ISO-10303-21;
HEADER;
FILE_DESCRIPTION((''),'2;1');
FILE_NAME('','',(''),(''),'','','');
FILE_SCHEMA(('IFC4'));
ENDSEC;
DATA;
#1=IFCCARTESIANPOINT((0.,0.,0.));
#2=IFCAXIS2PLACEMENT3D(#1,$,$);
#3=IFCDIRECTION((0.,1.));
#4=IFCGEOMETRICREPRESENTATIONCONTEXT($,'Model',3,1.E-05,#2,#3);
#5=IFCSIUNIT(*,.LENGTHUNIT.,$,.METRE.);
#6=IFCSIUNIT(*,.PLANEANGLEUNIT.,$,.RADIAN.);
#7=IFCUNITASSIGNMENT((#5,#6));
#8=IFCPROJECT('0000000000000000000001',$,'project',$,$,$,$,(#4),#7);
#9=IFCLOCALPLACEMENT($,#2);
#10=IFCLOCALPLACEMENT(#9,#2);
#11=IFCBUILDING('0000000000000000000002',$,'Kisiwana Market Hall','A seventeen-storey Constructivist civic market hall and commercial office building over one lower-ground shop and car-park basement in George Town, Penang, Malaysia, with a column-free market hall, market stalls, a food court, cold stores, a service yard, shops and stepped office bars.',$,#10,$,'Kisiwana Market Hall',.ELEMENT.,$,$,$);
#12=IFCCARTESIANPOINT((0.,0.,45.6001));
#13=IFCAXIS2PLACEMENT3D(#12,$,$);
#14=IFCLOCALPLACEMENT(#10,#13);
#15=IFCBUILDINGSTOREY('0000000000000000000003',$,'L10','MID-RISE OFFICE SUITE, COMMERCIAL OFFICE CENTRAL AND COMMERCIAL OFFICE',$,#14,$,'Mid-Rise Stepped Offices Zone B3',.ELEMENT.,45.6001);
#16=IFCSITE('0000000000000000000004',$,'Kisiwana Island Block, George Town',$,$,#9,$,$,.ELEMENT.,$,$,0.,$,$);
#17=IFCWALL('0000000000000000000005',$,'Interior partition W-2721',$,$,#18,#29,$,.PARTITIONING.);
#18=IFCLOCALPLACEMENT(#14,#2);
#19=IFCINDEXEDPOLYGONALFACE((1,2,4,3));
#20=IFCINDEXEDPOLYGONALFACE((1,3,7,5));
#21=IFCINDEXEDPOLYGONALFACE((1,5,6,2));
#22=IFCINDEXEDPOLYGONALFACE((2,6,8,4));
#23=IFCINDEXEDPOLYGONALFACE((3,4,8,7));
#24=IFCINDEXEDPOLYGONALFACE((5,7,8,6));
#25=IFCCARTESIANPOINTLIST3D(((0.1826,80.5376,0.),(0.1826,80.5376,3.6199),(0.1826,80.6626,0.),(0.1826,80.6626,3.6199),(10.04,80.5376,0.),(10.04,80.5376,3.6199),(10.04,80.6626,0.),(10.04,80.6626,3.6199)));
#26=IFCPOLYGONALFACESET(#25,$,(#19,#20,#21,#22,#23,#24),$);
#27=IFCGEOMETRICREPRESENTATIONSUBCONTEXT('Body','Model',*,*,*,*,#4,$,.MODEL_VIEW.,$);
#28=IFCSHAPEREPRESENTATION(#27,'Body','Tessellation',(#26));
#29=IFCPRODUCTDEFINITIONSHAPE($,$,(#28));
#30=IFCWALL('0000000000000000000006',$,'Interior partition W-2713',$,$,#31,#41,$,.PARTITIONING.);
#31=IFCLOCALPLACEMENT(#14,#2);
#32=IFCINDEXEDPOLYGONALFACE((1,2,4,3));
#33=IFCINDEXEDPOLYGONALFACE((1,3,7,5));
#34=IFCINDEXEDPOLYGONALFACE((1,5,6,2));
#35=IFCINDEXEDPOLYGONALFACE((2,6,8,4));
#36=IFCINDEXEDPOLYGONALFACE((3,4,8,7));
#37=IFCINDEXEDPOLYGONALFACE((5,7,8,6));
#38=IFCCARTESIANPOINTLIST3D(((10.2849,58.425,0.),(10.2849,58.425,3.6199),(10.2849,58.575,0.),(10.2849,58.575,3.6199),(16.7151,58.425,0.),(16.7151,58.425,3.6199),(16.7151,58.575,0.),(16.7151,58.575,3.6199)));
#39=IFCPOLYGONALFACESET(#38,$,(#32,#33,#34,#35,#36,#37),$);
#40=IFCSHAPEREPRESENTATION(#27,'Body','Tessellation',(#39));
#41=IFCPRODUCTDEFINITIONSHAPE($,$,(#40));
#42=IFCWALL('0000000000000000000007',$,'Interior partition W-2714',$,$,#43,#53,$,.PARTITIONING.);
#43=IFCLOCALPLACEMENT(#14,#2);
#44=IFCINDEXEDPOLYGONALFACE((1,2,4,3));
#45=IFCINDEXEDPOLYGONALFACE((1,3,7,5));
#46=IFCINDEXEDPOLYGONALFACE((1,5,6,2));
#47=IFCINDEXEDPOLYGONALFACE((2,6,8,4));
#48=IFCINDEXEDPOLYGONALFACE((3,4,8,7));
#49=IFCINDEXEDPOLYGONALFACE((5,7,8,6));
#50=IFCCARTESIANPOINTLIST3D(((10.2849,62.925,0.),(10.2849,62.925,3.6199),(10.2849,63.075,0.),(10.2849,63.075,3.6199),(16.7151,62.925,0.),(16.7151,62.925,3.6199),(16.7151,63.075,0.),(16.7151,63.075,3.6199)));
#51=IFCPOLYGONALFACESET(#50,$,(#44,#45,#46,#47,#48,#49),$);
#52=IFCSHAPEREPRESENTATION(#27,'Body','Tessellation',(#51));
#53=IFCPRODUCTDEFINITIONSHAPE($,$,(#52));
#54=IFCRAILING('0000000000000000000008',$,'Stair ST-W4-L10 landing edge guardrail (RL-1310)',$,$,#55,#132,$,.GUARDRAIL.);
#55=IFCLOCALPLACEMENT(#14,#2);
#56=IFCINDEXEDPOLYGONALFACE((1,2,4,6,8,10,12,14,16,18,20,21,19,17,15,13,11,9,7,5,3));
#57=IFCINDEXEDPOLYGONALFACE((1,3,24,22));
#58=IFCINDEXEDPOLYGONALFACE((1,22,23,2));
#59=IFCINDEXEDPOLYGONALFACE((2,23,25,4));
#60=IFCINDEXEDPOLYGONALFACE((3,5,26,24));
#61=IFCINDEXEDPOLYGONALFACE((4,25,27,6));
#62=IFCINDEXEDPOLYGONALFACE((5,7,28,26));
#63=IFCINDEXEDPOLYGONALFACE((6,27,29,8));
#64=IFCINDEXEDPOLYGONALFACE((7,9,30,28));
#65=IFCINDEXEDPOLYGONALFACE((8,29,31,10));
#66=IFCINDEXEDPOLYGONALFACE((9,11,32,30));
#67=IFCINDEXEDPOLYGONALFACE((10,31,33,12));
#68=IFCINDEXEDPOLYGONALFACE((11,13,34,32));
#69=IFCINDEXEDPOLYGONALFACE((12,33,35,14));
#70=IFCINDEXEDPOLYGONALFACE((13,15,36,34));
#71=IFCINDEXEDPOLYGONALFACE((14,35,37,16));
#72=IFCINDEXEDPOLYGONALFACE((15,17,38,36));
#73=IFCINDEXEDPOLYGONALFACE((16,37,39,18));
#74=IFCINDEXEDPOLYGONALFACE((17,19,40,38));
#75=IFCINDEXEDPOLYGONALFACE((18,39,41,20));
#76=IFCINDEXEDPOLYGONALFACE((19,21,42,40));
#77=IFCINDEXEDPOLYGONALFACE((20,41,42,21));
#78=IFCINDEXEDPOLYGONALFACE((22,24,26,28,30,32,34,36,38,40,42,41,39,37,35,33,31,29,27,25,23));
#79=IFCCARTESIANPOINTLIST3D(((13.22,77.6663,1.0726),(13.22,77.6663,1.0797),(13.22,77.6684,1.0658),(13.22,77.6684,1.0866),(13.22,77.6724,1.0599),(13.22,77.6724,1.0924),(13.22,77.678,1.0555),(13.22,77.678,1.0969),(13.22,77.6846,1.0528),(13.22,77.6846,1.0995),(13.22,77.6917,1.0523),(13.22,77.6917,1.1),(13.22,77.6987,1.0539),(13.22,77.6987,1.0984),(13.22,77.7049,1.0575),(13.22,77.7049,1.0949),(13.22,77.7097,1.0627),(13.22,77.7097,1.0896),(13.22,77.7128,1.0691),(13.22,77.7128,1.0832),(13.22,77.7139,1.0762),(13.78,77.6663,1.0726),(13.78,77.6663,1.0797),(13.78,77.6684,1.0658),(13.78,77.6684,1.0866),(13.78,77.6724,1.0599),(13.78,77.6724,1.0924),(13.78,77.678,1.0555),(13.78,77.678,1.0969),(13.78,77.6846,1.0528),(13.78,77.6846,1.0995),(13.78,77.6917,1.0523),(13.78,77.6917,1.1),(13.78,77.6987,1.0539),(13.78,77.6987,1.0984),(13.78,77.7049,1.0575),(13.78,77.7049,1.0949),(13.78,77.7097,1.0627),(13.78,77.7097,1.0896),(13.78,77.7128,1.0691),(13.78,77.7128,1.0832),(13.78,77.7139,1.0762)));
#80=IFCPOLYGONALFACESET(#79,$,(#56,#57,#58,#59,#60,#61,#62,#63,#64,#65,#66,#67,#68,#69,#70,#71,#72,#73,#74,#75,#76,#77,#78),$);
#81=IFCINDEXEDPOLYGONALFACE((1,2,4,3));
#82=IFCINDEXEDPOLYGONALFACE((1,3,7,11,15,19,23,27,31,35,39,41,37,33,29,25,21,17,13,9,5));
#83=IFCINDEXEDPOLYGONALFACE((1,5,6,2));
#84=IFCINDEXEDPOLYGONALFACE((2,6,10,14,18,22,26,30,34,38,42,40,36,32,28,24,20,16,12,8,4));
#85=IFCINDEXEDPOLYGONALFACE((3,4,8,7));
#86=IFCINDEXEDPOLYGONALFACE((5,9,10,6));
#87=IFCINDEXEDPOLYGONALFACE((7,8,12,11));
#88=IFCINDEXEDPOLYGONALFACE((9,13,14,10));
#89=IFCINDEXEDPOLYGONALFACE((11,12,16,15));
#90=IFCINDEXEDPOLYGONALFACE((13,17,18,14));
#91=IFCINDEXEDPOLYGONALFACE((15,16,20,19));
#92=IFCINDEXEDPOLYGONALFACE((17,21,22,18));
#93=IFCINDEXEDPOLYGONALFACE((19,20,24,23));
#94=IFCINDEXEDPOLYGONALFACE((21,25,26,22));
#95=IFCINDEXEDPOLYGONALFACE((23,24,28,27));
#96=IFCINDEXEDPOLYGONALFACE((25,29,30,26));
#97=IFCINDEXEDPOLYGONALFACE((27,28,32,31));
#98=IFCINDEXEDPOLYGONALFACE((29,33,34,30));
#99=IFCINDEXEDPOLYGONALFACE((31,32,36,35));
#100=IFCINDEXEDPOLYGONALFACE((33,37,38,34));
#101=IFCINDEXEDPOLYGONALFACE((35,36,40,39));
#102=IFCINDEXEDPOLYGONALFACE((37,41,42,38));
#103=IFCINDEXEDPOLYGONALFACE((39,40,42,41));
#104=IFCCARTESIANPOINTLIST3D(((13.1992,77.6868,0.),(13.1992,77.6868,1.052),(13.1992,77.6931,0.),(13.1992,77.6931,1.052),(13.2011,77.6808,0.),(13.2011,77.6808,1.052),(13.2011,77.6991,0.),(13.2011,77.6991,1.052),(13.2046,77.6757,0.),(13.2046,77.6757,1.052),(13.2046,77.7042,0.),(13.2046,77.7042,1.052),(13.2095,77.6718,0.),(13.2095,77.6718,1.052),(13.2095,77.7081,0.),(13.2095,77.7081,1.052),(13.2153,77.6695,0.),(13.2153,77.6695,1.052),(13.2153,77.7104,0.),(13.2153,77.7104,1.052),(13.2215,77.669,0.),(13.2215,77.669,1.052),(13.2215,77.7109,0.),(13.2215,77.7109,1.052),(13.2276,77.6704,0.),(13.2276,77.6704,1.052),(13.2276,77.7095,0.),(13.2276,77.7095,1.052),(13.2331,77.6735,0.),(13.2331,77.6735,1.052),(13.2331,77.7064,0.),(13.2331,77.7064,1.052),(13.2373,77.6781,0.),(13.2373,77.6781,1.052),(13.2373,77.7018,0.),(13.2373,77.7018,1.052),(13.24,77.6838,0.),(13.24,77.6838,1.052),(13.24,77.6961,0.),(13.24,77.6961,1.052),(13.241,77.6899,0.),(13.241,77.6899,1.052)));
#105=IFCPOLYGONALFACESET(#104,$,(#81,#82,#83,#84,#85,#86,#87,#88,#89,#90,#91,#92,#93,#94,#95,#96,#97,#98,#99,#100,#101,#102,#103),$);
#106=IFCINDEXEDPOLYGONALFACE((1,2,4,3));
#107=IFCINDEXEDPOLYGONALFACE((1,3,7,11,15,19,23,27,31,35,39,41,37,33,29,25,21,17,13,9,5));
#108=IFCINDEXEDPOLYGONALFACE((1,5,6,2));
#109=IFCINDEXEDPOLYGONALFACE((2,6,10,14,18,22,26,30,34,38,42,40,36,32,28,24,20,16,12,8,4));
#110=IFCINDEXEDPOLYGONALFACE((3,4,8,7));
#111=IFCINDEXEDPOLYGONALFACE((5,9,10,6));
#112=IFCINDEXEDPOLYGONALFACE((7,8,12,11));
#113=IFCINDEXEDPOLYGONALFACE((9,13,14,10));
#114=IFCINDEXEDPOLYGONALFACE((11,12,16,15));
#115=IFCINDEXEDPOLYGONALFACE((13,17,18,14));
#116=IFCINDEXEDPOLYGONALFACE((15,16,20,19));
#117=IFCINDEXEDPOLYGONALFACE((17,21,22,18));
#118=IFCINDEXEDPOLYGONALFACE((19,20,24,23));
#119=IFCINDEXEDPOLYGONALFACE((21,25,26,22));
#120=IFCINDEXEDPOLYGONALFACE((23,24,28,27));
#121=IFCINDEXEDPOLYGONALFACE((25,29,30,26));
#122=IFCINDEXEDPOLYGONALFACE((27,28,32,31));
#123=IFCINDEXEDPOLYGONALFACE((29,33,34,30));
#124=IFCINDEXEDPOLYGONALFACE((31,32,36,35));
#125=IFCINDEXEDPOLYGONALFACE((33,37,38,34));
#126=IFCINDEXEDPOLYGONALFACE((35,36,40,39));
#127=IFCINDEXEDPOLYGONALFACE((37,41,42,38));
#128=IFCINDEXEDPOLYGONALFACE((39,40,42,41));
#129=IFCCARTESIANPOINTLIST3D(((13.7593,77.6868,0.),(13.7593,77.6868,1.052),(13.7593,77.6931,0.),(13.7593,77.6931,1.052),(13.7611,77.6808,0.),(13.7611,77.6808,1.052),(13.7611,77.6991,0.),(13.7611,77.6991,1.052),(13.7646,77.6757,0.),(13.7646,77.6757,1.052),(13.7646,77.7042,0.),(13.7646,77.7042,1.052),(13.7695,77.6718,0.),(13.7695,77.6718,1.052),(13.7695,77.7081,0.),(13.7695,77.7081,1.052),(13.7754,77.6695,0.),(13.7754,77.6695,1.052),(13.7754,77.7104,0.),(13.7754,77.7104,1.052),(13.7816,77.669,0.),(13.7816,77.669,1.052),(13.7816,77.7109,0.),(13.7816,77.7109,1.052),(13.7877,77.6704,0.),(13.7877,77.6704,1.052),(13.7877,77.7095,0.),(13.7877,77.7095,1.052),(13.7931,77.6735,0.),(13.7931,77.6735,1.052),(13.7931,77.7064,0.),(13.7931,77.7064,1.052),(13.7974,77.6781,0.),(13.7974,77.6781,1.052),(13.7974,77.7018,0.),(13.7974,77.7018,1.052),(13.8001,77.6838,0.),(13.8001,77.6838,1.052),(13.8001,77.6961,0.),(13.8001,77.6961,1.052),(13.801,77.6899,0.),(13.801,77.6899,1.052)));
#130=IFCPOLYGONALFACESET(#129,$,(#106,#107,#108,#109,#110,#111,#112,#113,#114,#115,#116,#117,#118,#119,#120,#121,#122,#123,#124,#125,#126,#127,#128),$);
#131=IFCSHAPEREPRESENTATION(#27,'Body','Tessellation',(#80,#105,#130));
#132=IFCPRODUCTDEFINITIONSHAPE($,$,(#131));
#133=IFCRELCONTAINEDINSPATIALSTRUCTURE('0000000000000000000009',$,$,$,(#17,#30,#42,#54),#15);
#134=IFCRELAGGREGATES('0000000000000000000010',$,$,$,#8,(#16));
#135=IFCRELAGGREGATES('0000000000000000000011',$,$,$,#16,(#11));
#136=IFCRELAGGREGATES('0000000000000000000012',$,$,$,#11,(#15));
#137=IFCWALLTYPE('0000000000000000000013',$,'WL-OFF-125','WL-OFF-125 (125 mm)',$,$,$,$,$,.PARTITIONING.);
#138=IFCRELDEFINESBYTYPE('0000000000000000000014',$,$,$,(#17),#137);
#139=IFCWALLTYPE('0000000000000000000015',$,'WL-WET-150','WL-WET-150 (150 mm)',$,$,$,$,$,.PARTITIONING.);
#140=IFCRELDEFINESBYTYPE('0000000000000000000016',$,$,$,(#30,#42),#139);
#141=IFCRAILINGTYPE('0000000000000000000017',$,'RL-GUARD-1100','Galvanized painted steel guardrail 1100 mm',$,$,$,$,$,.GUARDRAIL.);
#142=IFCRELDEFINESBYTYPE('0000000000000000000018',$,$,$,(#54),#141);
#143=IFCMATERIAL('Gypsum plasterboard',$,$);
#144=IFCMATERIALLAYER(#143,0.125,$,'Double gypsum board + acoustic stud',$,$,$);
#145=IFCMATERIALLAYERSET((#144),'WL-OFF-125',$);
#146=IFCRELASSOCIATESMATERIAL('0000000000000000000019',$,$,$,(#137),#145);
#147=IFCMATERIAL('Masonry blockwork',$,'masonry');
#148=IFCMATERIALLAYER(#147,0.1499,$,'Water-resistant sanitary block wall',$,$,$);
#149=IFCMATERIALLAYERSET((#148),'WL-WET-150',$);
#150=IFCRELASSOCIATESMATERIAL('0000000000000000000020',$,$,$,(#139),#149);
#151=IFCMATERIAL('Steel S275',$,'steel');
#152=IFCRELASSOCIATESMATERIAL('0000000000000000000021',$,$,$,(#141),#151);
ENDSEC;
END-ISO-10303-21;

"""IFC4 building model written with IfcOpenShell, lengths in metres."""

from ifc_helpers import new_model, si_unit, direction, frame, frame_2d, origin, origin_2d, place, context, subcontext, project, spatial, rectangle, circle, extrude, material, layer, layer_set, type_object, element, save


model = new_model("IFC4")

# Units and contexts
model_context = context("Model", 3, precision=1e-05, world=origin(), true_north=direction((0.0, 1.0)))
body_context = subcontext(model_context, "Body", "Model", "MODEL_VIEW")
ifc_project = project(units=[si_unit("LENGTHUNIT", "METRE"), si_unit("PLANEANGLEUNIT", "RADIAN")], contexts=[model_context])

# Site, building, storey
site_placement = place(None, origin())
site = spatial("IfcSite", under=ifc_project, at=site_placement, Name="Kisiwana Island Block, George Town", CompositionType="ELEMENT", RefElevation=0.0)
building_placement = place(site_placement, origin())
building = spatial("IfcBuilding", under=site, at=building_placement, Name="Kisiwana Market Hall", Description="A seventeen-storey Constructivist civic market hall and commercial office building over one lower-ground shop and car-park basement in George Town, Penang, Malaysia, with a column-free market hall, market stalls, a food court, cold stores, a service yard, shops and stepped office bars.", LongName="Kisiwana Market Hall", CompositionType="ELEMENT")
storey_placement = place(building_placement, frame((0.0, 0.0, 45.6001)))
storey = spatial("IfcBuildingStorey", under=building, at=storey_placement, Name="L10", Description="MID-RISE OFFICE SUITE, COMMERCIAL OFFICE CENTRAL AND COMMERCIAL OFFICE", LongName="Mid-Rise Stepped Offices Zone B3", CompositionType="ELEMENT", Elevation=45.6001)

# Walls
ifc_material_1 = material(Name="Gypsum plasterboard")
ifc_layer_1 = layer(ifc_material_1, 0.125, Name="Double gypsum board + acoustic stud")
ifc_layer_set_1 = layer_set([ifc_layer_1], Name="WL-OFF-125")
wall_type_1 = type_object("IfcWallType", Name="WL-OFF-125", Description="WL-OFF-125 (125 mm)", PredefinedType="PARTITIONING", material=ifc_layer_set_1)
wall_1_placement = place(storey_placement, frame((0.1826, 80.6001, 0.0), z_axis=(0.0, 0.0, 1.0), x_axis=(1.0, 0.0, 0.0)))
element("IfcWall", 1, at=wall_1_placement, inside=storey, type_object=wall_type_1, Name="Interior partition W-2721", PredefinedType="PARTITIONING", context=body_context, shape_type="SweptSolid", body=[
    extrude(rectangle(XDim=9.8574, YDim=0.125, at=frame_2d((4.9287, 0.0))), origin(), (0.0, 0.0, 1.0), 3.6199),
])
ifc_material_2 = material(Name="Masonry blockwork", Category="masonry")
ifc_layer_2 = layer(ifc_material_2, 0.1499, Name="Water-resistant sanitary block wall")
ifc_layer_set_2 = layer_set([ifc_layer_2], Name="WL-WET-150")
wall_type_2 = type_object("IfcWallType", Name="WL-WET-150", Description="WL-WET-150 (150 mm)", PredefinedType="PARTITIONING", material=ifc_layer_set_2)
for number, where, z_axis, x_axis, name in (
    (2, (10.2849, 58.5, 0.0), (0.0, 0.0, 1.0), (1.0, 0.0, 0.0), "Interior partition W-2713"),
    (3, (10.2849, 63.0, 0.0), (0.0, 0.0, 1.0), (1.0, 0.0, 0.0), "Interior partition W-2714"),
):
    element("IfcWall", number, at=place(storey_placement, frame(where, z_axis=z_axis, x_axis=x_axis)), inside=storey, type_object=wall_type_2, Name=name, PredefinedType="PARTITIONING", context=body_context, shape_type="SweptSolid", body=[
        extrude(rectangle(XDim=6.4302, YDim=0.1499, at=frame_2d((3.2151, 0.0))), origin(), (0.0, 0.0, 1.0), 3.6199),
    ])

# Railing
ifc_material_3 = material(Name="Steel S275", Category="steel")
railing_type_1 = type_object("IfcRailingType", Name="RL-GUARD-1100", Description="Galvanized painted steel guardrail 1100 mm", PredefinedType="GUARDRAIL", material=ifc_material_3)
railing_1_placement = place(storey_placement, frame((13.22, 77.6899, 0.0)))
element("IfcRailing", 4, at=railing_1_placement, inside=storey, type_object=railing_type_1, Name="Stair ST-W4-L10 landing edge guardrail (RL-1310)", PredefinedType="GUARDRAIL", context=body_context, shape_type="SweptSolid", body=[
    extrude(circle(Radius=0.0239, at=origin_2d()), frame((0.0, 0.0, 1.0762), z_axis=(1.0, 0.0, 0.0), x_axis=(0.0, 1.0, 0.0)), (0.0, 0.0, 1.0), 0.5601),
    extrude(circle(Radius=0.021, at=origin_2d()), origin(), (0.0, 0.0, 1.0), 1.052),
    extrude(circle(Radius=0.021, at=origin_2d()), frame((0.5601, 0.0, 0.0)), (0.0, 0.0, 1.0), 1.052),
])

save(model, "model.ifc")
